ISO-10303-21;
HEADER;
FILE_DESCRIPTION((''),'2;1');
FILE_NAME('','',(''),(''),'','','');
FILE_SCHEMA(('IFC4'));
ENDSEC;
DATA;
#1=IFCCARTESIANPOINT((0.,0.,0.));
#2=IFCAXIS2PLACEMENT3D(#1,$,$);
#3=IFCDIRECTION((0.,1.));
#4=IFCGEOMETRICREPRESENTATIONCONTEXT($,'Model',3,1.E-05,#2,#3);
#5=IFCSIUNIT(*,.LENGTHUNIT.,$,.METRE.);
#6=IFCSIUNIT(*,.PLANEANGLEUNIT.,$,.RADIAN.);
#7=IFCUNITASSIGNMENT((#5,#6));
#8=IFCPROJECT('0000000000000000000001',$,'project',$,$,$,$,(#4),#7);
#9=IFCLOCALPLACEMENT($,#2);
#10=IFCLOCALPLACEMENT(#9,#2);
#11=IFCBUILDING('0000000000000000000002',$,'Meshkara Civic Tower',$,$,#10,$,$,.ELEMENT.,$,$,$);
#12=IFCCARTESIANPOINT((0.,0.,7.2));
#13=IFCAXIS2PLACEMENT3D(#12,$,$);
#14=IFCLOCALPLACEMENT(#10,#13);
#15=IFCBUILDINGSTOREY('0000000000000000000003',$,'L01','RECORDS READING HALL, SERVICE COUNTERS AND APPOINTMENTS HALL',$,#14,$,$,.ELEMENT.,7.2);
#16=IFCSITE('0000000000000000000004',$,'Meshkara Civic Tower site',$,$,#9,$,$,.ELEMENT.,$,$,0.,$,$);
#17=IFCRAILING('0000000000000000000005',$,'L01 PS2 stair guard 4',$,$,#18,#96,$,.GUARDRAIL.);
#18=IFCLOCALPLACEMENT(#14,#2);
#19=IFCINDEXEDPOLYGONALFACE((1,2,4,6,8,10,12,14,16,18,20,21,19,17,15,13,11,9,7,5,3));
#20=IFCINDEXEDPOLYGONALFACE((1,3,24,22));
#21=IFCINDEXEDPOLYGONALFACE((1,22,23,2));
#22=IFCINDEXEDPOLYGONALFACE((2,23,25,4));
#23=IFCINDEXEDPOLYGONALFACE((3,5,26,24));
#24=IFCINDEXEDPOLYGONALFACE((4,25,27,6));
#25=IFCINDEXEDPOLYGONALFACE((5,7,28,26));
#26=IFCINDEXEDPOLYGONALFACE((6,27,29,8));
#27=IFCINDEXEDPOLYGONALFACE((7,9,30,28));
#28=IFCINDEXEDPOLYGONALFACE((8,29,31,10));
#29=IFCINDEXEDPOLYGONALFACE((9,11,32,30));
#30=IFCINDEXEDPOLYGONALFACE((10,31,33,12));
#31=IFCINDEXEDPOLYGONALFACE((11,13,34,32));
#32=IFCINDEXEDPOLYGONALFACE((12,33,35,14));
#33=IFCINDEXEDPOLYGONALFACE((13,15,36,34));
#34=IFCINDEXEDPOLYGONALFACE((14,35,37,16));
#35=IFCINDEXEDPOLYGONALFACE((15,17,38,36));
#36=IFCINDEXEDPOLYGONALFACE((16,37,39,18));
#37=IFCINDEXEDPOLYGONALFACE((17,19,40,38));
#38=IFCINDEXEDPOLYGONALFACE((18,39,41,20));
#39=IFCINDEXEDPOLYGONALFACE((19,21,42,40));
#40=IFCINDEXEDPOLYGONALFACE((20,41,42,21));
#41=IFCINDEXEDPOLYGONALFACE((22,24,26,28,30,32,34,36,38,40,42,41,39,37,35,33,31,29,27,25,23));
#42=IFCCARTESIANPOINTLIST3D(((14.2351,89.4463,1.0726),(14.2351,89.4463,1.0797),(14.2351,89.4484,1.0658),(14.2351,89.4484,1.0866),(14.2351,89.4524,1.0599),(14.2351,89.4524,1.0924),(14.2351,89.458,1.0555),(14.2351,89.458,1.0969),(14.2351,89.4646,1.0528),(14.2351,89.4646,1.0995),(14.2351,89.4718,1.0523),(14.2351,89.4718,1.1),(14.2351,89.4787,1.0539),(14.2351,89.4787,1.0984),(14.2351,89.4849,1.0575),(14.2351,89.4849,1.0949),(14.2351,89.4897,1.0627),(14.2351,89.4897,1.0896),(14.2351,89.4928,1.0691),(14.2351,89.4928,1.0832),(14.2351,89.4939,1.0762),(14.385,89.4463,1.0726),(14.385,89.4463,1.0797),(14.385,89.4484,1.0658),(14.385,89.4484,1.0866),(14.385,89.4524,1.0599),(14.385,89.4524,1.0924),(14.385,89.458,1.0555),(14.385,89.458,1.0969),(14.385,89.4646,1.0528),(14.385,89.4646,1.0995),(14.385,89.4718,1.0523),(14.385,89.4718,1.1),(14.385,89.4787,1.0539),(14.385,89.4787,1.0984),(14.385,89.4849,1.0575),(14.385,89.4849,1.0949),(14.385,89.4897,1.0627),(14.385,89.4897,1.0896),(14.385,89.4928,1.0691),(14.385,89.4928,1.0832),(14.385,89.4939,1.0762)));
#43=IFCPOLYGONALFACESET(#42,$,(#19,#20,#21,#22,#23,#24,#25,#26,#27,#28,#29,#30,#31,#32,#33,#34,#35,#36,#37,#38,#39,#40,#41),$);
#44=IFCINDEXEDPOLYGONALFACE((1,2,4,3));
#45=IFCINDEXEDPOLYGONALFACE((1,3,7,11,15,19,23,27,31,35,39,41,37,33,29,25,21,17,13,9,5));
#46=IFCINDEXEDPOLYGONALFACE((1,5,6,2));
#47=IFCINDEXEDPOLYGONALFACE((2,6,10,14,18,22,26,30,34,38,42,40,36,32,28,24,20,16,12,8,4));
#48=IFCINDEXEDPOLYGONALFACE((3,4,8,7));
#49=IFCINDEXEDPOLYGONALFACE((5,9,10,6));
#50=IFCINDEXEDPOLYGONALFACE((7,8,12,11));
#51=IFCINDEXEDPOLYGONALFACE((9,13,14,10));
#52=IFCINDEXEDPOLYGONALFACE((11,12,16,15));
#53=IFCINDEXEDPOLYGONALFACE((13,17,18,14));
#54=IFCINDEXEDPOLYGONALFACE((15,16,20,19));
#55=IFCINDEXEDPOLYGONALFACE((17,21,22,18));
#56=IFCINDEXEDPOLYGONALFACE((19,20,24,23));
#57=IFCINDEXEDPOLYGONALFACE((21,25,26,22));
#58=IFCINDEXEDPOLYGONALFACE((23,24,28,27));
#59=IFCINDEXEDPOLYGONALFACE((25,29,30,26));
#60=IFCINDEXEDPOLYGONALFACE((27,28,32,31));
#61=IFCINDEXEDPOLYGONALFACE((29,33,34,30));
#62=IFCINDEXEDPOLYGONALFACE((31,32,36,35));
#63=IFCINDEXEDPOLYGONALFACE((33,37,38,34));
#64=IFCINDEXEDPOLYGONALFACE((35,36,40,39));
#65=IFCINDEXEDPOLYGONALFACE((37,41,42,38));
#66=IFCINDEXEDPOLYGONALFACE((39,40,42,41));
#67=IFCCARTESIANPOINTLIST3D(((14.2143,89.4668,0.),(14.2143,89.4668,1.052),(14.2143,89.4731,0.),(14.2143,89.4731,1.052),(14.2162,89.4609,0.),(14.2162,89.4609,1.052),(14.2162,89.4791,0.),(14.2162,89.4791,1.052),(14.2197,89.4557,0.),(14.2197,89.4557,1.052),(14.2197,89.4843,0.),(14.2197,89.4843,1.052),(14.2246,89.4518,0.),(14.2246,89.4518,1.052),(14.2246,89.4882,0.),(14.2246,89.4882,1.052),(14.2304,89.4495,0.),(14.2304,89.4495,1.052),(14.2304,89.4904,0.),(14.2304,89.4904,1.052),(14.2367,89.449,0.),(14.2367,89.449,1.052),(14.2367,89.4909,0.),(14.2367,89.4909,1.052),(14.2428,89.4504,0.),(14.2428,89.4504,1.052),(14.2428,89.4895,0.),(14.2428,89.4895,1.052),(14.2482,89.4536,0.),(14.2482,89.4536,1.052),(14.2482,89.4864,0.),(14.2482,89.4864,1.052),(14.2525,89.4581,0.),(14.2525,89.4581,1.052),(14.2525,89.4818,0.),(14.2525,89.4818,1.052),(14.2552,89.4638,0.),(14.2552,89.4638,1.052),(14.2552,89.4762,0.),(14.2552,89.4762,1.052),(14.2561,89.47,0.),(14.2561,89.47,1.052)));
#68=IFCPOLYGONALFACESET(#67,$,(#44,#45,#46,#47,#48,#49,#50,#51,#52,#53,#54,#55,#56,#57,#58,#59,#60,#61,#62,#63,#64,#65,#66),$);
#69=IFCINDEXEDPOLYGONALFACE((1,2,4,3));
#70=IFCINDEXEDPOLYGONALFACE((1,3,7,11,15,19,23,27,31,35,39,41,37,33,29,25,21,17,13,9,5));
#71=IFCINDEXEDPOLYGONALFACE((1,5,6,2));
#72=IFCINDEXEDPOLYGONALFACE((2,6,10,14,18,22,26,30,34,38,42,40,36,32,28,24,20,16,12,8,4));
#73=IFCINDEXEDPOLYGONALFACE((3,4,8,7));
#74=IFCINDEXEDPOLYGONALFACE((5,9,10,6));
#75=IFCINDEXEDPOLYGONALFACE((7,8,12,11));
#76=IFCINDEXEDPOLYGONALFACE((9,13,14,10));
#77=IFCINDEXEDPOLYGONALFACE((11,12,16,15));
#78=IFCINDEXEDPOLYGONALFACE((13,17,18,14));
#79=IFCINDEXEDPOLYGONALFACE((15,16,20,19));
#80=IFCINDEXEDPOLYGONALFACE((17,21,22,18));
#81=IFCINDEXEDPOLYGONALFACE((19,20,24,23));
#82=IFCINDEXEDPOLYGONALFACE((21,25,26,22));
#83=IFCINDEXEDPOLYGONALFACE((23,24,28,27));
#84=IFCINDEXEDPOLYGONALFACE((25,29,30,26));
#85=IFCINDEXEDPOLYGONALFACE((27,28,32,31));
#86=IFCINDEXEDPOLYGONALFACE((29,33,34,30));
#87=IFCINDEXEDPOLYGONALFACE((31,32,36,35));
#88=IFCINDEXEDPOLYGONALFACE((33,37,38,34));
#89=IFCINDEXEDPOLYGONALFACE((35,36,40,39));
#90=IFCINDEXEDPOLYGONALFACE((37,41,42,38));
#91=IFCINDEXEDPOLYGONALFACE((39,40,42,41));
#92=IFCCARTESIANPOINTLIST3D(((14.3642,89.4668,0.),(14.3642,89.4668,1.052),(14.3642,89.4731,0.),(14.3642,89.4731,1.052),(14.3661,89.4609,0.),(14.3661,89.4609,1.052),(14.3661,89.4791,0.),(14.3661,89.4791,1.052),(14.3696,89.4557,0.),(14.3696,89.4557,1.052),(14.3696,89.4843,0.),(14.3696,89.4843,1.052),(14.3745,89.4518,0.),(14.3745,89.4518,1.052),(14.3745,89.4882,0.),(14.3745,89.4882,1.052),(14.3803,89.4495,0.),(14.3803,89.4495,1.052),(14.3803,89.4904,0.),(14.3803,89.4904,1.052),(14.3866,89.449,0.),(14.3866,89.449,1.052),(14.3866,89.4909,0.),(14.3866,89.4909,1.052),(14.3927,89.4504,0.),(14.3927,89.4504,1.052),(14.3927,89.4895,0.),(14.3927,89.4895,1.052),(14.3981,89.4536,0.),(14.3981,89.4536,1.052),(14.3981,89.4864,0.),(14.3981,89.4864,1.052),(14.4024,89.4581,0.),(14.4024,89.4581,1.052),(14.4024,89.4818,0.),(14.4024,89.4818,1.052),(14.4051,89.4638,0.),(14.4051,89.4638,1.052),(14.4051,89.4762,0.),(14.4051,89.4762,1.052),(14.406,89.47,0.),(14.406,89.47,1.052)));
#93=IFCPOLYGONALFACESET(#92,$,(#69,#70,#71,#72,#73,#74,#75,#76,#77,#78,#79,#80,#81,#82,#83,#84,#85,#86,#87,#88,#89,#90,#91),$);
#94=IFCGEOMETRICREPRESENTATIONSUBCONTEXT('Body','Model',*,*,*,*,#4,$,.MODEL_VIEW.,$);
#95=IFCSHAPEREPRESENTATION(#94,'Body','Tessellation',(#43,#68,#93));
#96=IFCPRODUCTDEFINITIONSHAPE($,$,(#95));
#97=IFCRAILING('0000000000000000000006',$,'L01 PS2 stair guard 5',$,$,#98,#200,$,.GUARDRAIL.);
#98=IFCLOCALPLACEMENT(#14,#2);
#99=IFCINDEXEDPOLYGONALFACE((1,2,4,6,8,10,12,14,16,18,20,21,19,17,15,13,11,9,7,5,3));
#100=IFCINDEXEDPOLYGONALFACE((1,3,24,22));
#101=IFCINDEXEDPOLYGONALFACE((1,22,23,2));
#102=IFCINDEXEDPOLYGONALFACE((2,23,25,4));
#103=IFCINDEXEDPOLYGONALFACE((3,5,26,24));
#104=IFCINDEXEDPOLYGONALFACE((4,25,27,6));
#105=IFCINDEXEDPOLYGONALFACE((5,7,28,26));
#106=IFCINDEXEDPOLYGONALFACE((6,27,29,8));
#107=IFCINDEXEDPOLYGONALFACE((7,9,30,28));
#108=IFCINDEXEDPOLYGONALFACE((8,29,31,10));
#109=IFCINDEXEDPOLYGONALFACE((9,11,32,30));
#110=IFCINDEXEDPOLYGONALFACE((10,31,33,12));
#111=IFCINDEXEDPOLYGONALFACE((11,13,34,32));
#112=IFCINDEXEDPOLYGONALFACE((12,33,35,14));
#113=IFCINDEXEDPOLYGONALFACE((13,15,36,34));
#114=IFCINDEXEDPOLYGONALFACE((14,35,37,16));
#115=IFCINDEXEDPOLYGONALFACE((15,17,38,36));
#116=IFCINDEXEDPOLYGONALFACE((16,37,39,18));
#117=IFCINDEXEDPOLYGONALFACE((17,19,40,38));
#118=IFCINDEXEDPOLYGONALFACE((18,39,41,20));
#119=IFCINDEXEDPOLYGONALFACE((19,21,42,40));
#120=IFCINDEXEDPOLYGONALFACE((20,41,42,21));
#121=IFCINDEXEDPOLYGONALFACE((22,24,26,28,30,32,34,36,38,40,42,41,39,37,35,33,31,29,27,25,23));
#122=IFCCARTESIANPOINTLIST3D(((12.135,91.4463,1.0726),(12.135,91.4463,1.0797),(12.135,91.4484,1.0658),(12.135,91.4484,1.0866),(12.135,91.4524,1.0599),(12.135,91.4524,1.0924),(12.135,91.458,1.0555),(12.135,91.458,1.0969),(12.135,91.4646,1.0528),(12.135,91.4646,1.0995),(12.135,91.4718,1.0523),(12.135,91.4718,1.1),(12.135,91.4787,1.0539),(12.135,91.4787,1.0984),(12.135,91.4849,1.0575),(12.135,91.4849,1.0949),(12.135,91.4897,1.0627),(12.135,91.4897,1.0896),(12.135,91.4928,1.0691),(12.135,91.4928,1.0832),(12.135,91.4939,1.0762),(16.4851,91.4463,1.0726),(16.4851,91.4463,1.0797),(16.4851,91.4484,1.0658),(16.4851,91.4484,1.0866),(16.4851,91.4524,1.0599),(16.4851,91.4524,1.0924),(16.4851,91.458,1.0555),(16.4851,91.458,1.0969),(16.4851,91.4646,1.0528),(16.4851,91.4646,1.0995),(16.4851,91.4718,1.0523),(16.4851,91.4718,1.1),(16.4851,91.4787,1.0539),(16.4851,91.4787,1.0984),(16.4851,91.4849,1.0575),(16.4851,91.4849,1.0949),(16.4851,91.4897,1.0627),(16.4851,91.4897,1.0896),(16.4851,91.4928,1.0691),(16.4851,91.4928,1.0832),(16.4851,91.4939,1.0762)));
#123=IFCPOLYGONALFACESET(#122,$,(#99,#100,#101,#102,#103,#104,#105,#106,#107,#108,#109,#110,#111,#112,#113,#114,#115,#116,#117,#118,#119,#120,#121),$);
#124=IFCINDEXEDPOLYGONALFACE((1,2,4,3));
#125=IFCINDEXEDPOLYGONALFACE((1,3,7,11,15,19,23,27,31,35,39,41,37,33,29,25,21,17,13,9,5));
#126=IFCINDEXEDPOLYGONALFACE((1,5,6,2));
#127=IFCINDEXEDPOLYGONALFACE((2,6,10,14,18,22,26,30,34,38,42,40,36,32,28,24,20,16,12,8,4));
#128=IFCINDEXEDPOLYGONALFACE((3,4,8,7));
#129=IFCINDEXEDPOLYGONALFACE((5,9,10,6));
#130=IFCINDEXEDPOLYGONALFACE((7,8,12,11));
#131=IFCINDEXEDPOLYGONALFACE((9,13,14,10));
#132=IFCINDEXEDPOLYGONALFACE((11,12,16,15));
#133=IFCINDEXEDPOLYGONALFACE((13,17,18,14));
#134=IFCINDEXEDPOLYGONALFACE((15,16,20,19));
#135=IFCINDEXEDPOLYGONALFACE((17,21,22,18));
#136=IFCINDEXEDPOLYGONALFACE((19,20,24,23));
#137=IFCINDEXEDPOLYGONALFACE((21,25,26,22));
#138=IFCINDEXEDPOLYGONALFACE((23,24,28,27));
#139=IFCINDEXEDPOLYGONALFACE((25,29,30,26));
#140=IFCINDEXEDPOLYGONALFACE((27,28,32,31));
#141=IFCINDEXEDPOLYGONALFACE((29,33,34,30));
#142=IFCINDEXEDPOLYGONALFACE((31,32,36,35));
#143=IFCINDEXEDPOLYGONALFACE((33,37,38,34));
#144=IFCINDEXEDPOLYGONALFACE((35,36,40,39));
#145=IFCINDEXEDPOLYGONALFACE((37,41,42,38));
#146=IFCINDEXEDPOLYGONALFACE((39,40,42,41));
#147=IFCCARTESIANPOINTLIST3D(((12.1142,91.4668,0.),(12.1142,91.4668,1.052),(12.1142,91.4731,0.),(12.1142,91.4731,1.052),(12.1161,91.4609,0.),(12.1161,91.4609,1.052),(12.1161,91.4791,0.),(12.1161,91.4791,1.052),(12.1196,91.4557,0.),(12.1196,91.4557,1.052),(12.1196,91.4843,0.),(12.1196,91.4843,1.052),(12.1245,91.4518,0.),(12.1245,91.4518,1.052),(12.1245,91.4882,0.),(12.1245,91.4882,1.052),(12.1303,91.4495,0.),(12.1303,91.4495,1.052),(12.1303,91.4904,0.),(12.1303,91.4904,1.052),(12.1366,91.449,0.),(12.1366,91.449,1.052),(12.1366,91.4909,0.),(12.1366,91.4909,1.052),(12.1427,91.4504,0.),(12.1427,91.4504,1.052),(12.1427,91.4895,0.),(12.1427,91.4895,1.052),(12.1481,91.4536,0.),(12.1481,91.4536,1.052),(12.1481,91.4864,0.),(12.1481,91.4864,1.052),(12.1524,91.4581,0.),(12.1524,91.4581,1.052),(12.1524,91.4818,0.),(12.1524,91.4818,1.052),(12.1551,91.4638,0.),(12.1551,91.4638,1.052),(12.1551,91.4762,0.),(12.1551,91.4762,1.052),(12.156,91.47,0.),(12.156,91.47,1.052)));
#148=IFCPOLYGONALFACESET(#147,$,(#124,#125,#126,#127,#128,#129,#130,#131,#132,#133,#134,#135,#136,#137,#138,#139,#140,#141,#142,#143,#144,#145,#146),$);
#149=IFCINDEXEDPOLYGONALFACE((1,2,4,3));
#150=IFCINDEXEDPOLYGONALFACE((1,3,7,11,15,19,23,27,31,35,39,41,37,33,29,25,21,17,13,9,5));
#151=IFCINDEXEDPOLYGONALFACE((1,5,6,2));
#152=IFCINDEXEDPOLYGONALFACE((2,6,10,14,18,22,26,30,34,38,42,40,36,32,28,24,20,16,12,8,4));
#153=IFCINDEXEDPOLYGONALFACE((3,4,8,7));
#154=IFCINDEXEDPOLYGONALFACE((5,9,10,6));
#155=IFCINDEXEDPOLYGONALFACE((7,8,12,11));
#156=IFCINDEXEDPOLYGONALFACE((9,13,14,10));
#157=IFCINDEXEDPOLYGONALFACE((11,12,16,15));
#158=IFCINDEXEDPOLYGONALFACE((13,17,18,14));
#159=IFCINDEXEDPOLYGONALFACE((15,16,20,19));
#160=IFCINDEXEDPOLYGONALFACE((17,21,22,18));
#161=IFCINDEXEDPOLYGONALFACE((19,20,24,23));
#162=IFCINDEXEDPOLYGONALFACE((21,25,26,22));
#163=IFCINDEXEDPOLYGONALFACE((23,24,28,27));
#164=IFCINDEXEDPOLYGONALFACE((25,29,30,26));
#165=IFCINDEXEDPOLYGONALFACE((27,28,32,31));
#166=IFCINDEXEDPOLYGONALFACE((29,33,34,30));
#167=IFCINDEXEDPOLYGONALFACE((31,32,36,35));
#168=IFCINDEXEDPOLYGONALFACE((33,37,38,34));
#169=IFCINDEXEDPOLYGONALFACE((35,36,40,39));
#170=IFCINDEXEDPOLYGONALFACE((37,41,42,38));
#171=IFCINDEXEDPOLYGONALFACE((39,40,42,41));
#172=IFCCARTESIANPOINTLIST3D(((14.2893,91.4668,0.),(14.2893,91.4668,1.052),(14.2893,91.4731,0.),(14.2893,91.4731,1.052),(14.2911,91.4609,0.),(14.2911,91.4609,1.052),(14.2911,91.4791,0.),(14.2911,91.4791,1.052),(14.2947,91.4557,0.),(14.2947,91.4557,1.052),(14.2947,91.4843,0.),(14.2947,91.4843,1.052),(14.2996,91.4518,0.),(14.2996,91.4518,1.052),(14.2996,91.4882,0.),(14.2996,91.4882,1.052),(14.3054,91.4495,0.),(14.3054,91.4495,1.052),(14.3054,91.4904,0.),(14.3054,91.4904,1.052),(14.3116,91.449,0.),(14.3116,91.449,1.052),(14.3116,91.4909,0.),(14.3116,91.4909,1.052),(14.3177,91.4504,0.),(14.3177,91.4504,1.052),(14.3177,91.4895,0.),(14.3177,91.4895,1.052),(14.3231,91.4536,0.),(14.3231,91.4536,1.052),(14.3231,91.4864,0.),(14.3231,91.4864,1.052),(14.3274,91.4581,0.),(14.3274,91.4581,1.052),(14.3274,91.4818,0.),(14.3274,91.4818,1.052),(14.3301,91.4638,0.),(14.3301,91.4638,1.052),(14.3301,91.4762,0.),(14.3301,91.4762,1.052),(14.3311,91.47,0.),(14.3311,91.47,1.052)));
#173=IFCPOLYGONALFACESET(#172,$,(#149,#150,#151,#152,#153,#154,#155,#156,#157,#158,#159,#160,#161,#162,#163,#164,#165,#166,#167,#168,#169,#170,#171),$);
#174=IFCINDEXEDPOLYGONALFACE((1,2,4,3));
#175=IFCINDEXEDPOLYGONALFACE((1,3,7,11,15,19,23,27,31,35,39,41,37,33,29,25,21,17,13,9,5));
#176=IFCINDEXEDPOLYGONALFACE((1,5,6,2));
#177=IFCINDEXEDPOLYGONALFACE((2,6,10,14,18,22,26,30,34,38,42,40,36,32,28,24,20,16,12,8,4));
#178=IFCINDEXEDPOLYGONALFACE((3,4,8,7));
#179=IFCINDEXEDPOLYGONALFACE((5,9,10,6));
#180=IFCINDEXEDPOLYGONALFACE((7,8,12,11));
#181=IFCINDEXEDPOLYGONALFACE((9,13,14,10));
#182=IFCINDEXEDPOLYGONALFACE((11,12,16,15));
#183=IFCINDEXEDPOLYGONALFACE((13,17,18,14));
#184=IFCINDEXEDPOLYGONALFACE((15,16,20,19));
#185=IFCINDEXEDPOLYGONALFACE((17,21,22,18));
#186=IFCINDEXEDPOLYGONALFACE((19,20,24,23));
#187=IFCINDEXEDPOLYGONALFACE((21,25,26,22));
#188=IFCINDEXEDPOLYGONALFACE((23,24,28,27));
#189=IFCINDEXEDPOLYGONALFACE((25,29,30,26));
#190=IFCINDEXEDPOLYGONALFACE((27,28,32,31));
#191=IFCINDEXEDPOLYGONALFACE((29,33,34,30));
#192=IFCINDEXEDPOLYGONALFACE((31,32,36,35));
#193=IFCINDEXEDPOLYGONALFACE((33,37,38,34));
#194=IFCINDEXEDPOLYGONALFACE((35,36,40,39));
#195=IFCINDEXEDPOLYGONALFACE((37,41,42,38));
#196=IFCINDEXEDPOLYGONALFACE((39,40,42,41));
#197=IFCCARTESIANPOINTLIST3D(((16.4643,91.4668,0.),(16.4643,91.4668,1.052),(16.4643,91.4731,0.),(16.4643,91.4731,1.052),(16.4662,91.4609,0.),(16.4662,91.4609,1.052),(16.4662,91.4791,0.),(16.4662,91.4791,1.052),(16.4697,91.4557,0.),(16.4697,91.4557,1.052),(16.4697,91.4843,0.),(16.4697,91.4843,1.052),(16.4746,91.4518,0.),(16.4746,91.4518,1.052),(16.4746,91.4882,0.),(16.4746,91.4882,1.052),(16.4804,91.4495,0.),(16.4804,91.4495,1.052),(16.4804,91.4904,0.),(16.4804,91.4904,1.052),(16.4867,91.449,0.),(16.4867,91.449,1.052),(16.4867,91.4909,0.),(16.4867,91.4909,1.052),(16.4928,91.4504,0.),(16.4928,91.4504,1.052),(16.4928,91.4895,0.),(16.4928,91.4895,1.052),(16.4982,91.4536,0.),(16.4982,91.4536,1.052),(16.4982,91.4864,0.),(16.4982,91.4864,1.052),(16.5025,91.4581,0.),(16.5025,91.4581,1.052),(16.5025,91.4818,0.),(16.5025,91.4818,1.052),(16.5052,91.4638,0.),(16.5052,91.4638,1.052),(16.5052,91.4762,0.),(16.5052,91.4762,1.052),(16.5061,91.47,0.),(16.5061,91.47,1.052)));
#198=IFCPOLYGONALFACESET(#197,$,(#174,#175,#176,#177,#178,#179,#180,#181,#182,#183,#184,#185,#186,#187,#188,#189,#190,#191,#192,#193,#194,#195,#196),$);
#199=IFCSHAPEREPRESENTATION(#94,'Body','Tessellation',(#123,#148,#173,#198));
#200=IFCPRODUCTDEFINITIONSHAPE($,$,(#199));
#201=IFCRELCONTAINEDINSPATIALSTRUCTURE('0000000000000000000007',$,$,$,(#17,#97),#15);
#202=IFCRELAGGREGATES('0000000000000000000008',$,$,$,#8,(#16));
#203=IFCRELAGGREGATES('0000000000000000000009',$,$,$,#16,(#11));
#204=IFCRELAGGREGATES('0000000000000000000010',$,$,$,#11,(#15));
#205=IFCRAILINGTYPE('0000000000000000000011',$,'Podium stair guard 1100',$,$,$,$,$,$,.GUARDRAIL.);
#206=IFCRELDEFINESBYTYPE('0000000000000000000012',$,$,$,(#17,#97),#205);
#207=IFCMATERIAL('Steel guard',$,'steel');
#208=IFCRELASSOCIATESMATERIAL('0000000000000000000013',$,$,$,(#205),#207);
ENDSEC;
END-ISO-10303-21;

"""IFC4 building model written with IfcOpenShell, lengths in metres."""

from ifc_helpers import new_model, si_unit, direction, frame, origin, origin_2d, place, context, subcontext, project, spatial, circle, extrude, material, type_object, element, save


model = new_model("IFC4")

# Units and contexts
model_context = context("Model", 3, precision=1e-05, world=origin(), true_north=direction((0.0, 1.0)))
body_context = subcontext(model_context, "Body", "Model", "MODEL_VIEW")
ifc_project = project(units=[si_unit("LENGTHUNIT", "METRE"), si_unit("PLANEANGLEUNIT", "RADIAN")], contexts=[model_context])

# Site, building, storey
site_placement = place(None, origin())
site = spatial("IfcSite", under=ifc_project, at=site_placement, Name="Meshkara Civic Tower site", CompositionType="ELEMENT", RefElevation=0.0)
building_placement = place(site_placement, origin())
building = spatial("IfcBuilding", under=site, at=building_placement, Name="Meshkara Civic Tower", CompositionType="ELEMENT")
storey_placement = place(building_placement, frame((0.0, 0.0, 7.2)))
storey = spatial("IfcBuildingStorey", under=building, at=storey_placement, Name="L01", Description="RECORDS READING HALL, SERVICE COUNTERS AND APPOINTMENTS HALL", CompositionType="ELEMENT", Elevation=7.2)

# Railings
ifc_material_1 = material(Name="Steel guard", Category="steel")
railing_type_1 = type_object("IfcRailingType", Name="Podium stair guard 1100", PredefinedType="GUARDRAIL", material=ifc_material_1)
railing_1_placement = place(storey_placement, frame((14.2351, 89.47, 0.0)))
element("IfcRailing", 1, at=railing_1_placement, inside=storey, type_object=railing_type_1, Name="L01 PS2 stair guard 4", PredefinedType="GUARDRAIL", context=body_context, shape_type="SweptSolid", body=[
    extrude(circle(Radius=0.0239, at=origin_2d()), frame((0.0, 0.0, 1.0762), z_axis=(1.0, 0.0, 0.0), x_axis=(0.0, 1.0, 0.0)), (0.0, 0.0, 1.0), 0.1499),
    extrude(circle(Radius=0.021, at=origin_2d()), origin(), (0.0, 0.0, 1.0), 1.052),
    extrude(circle(Radius=0.021, at=origin_2d()), frame((0.1499, 0.0, 0.0)), (0.0, 0.0, 1.0), 1.052),
])
railing_2_placement = place(storey_placement, frame((12.135, 91.47, 0.0)))
element("IfcRailing", 2, at=railing_2_placement, inside=storey, type_object=railing_type_1, Name="L01 PS2 stair guard 5", PredefinedType="GUARDRAIL", context=body_context, shape_type="SweptSolid", body=[
    extrude(circle(Radius=0.0239, at=origin_2d()), frame((0.0, 0.0, 1.0762), z_axis=(1.0, 0.0, 0.0), x_axis=(0.0, 1.0, 0.0)), (0.0, 0.0, 1.0), 4.3501),
    extrude(circle(Radius=0.021, at=origin_2d()), origin(), (0.0, 0.0, 1.0), 1.052),
    extrude(circle(Radius=0.021, at=origin_2d()), frame((2.175, 0.0, 0.0)), (0.0, 0.0, 1.0), 1.052),
    extrude(circle(Radius=0.021, at=origin_2d()), frame((4.3501, 0.0, 0.0)), (0.0, 0.0, 1.0), 1.052),
])

save(model, "model.ifc")
